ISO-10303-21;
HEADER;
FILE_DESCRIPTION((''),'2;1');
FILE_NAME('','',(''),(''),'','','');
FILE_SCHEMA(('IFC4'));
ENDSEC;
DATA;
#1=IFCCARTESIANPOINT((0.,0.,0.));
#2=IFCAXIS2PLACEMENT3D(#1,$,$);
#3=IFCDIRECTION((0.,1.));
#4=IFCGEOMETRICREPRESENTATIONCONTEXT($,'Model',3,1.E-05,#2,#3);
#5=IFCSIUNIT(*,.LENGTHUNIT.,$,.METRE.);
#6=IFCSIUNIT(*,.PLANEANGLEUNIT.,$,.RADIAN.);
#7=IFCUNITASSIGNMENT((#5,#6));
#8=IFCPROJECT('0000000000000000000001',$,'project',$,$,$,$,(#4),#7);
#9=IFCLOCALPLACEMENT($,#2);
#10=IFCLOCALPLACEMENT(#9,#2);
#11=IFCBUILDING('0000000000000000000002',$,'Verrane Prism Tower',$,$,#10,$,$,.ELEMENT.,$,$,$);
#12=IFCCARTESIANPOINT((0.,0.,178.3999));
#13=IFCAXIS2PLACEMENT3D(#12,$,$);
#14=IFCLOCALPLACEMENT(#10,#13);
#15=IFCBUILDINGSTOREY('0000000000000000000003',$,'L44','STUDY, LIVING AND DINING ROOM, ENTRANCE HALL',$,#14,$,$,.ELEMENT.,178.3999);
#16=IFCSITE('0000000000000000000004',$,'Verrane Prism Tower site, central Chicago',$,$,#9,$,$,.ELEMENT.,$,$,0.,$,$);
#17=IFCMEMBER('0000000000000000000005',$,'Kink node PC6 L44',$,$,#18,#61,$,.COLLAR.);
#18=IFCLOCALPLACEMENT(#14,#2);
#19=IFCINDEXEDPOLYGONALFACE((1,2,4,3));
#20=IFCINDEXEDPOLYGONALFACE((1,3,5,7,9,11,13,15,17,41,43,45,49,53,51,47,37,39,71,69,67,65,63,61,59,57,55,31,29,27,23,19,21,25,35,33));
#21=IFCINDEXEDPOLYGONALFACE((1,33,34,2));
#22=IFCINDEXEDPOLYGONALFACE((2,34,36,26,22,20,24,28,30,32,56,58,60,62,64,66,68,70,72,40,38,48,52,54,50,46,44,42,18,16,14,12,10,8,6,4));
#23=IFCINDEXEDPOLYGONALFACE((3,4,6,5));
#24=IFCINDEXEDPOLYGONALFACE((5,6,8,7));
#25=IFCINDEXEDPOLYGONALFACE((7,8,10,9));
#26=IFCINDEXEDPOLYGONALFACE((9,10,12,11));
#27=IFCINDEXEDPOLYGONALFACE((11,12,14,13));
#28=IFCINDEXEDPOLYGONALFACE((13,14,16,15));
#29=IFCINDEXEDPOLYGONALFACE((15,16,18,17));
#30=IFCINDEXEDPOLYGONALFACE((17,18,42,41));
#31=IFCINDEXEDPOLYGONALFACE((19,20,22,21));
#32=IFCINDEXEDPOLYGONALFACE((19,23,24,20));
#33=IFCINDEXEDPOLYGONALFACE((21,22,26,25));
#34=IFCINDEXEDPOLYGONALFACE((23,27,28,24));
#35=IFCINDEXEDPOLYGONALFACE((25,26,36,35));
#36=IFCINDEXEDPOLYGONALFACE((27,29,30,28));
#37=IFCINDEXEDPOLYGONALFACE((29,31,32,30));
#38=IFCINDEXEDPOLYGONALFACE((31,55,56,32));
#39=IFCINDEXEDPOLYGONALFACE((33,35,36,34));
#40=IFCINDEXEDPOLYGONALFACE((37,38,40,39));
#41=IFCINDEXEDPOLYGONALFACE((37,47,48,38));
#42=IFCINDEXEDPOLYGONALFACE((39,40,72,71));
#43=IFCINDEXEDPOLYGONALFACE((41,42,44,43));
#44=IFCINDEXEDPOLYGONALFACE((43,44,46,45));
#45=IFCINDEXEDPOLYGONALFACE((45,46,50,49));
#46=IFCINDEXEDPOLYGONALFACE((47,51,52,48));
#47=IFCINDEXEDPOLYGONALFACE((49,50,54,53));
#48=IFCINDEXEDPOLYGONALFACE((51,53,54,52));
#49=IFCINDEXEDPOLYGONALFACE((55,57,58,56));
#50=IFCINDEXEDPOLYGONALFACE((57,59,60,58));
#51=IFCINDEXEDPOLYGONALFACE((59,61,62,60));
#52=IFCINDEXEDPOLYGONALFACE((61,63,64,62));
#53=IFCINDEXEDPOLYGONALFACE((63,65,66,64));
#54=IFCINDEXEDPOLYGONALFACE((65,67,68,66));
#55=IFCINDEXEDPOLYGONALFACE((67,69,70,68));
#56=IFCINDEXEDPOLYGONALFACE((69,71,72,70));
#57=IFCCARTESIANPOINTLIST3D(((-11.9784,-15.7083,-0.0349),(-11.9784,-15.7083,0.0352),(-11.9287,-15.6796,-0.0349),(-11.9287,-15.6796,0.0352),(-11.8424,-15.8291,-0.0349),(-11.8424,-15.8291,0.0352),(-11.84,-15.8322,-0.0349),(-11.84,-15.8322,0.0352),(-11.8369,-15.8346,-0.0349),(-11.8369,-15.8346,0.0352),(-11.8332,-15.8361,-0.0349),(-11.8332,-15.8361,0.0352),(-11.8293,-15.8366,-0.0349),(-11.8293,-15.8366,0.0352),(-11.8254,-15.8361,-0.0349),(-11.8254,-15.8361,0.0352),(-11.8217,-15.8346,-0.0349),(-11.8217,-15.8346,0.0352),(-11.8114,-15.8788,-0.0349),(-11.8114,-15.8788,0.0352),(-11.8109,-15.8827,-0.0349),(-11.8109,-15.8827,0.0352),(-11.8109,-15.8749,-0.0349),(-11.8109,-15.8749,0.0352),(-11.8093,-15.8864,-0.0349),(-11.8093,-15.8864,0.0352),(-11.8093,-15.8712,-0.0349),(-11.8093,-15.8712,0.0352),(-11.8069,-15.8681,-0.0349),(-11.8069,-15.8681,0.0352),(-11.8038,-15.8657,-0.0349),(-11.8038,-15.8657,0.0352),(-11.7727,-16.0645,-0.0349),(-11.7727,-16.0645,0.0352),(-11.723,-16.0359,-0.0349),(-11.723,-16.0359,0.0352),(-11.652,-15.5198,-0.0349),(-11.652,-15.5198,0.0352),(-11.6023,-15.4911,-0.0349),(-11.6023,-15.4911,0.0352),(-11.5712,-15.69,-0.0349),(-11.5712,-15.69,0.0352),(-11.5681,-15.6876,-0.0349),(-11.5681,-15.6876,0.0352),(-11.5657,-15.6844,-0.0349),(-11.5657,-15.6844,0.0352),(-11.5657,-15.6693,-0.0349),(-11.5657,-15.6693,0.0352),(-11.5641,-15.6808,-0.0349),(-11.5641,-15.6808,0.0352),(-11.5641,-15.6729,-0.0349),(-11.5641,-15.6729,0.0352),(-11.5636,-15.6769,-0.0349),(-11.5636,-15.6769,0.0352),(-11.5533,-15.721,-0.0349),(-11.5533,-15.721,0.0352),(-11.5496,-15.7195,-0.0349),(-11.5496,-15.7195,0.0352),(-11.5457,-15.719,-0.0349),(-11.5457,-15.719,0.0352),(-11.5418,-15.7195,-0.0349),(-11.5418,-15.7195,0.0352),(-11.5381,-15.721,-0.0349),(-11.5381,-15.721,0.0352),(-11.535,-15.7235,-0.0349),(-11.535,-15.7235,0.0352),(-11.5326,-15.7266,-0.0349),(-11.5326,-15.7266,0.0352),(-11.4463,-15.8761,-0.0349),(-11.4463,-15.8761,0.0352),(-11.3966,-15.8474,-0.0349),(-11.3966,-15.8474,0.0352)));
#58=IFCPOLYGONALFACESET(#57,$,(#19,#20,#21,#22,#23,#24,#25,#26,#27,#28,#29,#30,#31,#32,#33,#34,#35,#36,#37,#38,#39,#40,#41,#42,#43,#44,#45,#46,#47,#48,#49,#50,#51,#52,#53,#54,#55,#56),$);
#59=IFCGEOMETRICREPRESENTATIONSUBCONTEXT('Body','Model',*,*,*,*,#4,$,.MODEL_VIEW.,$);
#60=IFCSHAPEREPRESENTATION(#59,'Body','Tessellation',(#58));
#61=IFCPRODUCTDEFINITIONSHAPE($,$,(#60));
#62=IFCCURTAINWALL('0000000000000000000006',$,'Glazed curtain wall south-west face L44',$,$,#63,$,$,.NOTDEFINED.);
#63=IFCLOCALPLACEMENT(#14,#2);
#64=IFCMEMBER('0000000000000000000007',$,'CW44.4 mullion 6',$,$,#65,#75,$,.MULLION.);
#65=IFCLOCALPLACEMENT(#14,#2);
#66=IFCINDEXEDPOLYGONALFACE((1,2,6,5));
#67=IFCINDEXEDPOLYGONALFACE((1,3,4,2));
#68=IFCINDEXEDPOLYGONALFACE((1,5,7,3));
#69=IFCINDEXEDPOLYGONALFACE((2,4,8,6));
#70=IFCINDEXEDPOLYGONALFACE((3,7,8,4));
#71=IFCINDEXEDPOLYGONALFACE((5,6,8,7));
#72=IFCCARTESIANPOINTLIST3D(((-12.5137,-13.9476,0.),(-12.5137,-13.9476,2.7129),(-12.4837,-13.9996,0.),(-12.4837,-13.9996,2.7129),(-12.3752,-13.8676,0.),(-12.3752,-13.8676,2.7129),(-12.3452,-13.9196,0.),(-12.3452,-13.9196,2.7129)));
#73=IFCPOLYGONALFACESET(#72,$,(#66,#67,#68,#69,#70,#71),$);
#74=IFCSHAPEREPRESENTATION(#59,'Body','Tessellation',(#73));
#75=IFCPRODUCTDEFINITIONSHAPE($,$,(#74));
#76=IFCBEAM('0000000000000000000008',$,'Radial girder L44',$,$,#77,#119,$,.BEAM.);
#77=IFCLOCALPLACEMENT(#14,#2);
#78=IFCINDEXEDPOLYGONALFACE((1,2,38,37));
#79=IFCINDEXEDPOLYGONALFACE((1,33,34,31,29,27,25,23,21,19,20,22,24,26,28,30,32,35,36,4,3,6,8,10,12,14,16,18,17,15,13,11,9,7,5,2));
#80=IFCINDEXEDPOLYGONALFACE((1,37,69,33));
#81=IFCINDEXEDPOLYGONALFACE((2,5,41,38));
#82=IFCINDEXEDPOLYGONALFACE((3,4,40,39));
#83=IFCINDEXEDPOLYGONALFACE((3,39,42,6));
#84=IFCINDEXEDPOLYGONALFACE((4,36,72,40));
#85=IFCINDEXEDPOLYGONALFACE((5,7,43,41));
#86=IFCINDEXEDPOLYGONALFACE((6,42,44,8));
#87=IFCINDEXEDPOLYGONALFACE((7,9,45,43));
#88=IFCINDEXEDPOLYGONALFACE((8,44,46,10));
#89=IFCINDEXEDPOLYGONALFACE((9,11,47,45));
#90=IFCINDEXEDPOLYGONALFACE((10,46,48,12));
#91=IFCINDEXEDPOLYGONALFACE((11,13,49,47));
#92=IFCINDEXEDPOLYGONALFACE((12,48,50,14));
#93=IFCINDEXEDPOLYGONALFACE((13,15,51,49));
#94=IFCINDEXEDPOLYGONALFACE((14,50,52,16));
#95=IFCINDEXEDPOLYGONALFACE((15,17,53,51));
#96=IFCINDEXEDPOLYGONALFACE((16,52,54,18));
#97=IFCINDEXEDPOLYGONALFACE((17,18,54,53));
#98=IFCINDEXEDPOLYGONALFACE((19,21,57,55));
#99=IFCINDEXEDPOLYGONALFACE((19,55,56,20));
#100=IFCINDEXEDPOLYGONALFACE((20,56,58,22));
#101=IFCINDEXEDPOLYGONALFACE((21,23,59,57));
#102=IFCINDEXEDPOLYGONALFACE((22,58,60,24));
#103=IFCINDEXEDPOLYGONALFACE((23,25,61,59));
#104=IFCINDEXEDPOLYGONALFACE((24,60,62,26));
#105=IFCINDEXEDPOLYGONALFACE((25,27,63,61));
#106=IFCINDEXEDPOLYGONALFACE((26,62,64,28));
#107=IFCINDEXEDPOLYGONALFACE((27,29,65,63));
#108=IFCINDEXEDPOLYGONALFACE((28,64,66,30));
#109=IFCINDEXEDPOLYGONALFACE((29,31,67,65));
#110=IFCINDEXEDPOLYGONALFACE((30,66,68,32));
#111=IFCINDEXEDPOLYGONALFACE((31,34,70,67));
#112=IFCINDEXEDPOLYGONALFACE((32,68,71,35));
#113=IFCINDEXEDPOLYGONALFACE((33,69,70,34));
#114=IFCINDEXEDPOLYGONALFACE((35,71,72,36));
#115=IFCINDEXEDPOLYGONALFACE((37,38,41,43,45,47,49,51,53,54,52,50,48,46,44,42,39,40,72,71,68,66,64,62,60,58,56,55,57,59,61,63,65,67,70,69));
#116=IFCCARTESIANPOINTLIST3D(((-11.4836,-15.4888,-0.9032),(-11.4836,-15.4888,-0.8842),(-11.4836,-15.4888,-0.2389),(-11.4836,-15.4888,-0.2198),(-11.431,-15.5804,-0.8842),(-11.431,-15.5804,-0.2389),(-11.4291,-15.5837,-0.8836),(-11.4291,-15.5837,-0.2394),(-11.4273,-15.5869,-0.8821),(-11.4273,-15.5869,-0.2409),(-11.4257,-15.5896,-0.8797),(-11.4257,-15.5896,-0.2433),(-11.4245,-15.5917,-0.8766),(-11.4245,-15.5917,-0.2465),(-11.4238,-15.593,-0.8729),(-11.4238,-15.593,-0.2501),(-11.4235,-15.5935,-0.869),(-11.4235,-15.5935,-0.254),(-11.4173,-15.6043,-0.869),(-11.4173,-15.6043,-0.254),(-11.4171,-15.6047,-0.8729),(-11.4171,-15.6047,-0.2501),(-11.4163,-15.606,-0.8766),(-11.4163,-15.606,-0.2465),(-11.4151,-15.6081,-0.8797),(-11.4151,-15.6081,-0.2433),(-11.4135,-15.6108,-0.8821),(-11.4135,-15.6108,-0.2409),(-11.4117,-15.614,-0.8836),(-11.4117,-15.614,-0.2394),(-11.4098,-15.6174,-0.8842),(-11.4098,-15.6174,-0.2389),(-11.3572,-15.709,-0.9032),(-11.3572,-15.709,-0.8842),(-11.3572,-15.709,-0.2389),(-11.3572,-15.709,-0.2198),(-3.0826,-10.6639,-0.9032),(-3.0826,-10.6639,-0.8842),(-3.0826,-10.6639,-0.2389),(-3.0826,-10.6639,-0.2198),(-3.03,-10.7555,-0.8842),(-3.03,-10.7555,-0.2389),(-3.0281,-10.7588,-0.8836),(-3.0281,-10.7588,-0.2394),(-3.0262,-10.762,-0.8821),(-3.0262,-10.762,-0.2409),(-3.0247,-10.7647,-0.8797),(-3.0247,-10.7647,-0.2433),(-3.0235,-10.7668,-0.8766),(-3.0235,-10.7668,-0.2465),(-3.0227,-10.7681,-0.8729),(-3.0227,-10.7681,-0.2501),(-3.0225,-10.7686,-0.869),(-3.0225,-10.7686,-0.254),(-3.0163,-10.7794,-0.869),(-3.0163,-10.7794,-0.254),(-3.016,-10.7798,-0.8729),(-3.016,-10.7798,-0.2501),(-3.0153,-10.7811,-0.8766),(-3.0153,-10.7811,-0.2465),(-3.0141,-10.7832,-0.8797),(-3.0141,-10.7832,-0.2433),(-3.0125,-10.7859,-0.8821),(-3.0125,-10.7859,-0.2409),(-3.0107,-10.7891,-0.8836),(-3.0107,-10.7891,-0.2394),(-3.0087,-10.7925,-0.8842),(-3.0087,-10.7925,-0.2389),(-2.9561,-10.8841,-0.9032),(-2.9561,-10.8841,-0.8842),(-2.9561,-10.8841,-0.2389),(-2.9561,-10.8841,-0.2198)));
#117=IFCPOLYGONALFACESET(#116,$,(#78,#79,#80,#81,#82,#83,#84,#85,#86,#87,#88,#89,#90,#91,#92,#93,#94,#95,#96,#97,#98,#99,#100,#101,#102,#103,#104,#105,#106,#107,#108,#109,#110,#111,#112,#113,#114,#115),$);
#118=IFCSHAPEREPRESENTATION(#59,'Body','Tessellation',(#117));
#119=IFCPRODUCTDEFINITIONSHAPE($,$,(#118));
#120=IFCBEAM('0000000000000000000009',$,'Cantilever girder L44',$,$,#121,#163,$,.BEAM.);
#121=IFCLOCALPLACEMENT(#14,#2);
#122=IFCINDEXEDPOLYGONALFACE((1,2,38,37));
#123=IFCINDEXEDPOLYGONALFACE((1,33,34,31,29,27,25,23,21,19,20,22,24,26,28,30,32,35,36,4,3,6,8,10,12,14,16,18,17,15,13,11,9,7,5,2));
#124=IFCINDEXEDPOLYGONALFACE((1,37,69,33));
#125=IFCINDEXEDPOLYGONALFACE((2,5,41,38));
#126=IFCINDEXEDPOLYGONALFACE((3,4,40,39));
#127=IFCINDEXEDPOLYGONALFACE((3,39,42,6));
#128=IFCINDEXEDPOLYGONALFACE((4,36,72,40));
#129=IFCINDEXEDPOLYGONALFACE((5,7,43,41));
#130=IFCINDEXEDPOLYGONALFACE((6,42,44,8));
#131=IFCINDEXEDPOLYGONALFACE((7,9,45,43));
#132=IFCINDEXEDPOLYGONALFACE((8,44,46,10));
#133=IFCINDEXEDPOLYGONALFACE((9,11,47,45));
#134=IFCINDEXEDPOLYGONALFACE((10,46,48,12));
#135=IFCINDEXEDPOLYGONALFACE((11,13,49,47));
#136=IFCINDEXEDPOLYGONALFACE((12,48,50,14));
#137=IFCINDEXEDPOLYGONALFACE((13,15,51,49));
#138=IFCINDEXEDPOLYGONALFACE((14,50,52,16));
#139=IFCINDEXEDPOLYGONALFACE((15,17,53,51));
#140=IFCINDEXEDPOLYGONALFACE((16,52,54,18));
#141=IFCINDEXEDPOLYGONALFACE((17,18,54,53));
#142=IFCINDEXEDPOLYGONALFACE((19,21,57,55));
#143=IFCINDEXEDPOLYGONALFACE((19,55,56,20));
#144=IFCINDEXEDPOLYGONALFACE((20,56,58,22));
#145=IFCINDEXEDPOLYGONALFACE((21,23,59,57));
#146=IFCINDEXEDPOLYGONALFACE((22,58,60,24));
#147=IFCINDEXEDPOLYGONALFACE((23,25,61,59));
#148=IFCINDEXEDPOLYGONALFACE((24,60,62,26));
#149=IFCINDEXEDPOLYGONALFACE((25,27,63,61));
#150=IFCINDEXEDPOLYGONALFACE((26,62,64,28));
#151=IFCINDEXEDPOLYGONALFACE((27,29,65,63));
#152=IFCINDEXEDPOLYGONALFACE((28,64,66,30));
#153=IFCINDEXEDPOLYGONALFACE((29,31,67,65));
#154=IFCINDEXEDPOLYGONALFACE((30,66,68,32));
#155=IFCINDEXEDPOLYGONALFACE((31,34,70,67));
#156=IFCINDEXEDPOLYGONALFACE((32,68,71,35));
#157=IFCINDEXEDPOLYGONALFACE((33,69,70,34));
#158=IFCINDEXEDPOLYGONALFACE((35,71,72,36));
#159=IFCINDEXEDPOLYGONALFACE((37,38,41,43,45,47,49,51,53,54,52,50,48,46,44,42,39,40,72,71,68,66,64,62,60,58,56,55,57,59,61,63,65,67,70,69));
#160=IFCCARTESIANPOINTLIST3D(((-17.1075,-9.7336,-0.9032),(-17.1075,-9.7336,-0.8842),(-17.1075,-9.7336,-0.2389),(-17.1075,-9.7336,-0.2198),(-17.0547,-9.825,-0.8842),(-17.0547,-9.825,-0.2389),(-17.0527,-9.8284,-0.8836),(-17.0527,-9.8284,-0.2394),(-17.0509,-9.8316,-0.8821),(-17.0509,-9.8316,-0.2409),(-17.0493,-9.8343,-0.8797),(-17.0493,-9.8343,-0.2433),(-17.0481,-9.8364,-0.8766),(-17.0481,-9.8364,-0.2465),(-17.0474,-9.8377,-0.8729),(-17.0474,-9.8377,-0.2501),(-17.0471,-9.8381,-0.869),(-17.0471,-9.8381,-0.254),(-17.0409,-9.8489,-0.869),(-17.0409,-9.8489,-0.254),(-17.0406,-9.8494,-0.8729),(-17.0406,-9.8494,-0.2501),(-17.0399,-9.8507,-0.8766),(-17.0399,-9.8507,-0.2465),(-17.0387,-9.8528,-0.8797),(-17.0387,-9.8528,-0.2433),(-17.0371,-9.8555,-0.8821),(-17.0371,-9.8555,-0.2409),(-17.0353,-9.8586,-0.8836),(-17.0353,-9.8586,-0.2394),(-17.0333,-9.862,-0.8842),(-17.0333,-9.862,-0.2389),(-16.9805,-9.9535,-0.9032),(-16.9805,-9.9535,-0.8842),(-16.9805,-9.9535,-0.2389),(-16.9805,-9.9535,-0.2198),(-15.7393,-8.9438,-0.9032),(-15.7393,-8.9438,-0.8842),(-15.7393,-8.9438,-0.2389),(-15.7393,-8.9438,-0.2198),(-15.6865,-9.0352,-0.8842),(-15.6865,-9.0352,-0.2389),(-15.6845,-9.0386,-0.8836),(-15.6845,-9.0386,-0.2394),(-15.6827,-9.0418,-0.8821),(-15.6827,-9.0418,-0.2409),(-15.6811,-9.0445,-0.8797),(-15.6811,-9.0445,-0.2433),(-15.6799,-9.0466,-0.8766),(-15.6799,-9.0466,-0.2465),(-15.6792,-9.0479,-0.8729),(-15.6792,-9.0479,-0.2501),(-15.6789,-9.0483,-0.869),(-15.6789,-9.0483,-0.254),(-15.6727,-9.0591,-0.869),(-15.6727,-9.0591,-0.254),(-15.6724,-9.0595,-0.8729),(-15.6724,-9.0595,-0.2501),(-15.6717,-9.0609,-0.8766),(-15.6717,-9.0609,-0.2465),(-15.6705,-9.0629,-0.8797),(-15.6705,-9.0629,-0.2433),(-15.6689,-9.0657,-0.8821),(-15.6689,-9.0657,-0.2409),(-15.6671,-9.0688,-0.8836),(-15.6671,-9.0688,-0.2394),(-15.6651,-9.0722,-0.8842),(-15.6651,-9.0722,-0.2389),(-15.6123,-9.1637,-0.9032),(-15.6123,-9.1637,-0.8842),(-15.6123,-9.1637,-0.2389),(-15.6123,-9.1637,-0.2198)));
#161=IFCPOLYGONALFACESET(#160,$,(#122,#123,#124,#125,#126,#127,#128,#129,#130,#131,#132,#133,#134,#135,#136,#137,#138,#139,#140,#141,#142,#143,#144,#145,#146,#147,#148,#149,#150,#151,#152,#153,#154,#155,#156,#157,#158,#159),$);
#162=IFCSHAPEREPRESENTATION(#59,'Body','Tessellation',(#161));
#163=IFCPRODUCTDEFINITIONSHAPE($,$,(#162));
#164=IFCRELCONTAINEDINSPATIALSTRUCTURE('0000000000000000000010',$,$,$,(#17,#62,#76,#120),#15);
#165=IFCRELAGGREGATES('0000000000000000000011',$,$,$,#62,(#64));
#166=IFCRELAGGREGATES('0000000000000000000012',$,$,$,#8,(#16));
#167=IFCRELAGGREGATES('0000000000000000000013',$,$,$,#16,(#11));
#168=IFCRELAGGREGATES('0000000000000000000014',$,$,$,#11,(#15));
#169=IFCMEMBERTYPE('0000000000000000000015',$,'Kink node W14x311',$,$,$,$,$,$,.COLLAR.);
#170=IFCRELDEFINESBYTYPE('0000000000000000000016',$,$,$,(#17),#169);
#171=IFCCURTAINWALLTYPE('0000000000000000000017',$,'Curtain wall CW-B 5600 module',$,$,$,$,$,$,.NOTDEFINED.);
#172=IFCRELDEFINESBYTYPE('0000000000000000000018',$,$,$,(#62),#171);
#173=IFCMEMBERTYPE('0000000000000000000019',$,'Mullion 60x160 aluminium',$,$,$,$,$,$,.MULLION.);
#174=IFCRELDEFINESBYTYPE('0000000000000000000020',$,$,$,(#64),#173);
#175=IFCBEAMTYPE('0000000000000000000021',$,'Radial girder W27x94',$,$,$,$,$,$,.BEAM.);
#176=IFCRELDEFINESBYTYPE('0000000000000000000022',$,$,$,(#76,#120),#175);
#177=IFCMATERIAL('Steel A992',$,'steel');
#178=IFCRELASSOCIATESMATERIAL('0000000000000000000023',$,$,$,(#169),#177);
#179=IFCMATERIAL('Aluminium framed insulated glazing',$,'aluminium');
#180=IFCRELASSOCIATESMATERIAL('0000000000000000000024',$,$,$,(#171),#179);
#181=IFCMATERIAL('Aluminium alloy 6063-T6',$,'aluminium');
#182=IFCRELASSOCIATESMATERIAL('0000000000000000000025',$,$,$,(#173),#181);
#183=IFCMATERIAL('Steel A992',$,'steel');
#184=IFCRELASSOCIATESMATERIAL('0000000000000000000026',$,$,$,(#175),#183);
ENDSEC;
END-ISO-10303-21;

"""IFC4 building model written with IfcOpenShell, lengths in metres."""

from ifc_helpers import new_model, si_unit, direction, frame, origin, origin_2d, place, context, subcontext, project, spatial, rectangle, i_section, extrude, material, material_profile, profile_set, type_object, element, aggregate, save


model = new_model("IFC4")

# Units and contexts
model_context = context("Model", 3, precision=1e-05, world=origin(), true_north=direction((0.0, 1.0)))
body_context = subcontext(model_context, "Body", "Model", "MODEL_VIEW")
ifc_project = project(units=[si_unit("LENGTHUNIT", "METRE"), si_unit("PLANEANGLEUNIT", "RADIAN")], contexts=[model_context])

# Site, building, storey
site_placement = place(None, origin())
site = spatial("IfcSite", under=ifc_project, at=site_placement, Name="Verrane Prism Tower site, central Chicago", CompositionType="ELEMENT", RefElevation=0.0)
building_placement = place(site_placement, origin())
building = spatial("IfcBuilding", under=site, at=building_placement, Name="Verrane Prism Tower", CompositionType="ELEMENT")
storey_placement = place(building_placement, frame((0.0, 0.0, 178.3999)))
storey = spatial("IfcBuildingStorey", under=building, at=storey_placement, Name="L44", Description="STUDY, LIVING AND DINING ROOM, ENTRANCE HALL", CompositionType="ELEMENT", Elevation=178.3999)

# Member
ifc_material_1 = material(Name="Steel A992", Category="steel")
ifc_material_profile_1 = material_profile(ifc_material_1, i_section(OverallWidth=0.4114, OverallDepth=0.4343, WebThickness=0.0359, FlangeThickness=0.0574, FilletRadius=0.0151, at=origin_2d()), Name="W14x311")
ifc_profile_set_1 = profile_set([ifc_material_profile_1], Name="Steel A992")
member_type_1 = type_object("IfcMemberType", Name="Kink node W14x311", PredefinedType="COLLAR", material=ifc_profile_set_1)
for number, where, z_axis, x_axis, name in (
    (1, (-11.6875, -15.7778, -0.0349), (0.0, 0.0, 1.0), (-0.5, 0.866025, 0.0), "Kink node PC6 L44"),
):
    element("IfcMember", number, at=place(storey_placement, frame(where, z_axis=z_axis, x_axis=x_axis)), inside=storey, type_object=member_type_1, Name=name, PredefinedType="COLLAR", context=body_context, shape_type="SweptSolid", body=[
        extrude(i_section(OverallWidth=0.4114, OverallDepth=0.4343, WebThickness=0.0359, FlangeThickness=0.0574, FilletRadius=0.0151, at=origin_2d()), origin(), (0.0, 0.0, 1.0), 0.0701),
    ])

# Curtain wall, member
ifc_material_2 = material(Name="Aluminium framed insulated glazing", Category="aluminium")
curtain_wall_type = type_object("IfcCurtainWallType", Name="Curtain wall CW-B 5600 module", PredefinedType="NOTDEFINED", material=ifc_material_2)
curtain_wall_placement = place(storey_placement, origin())
curtain_wall = element("IfcCurtainWall", 2, at=curtain_wall_placement, inside=storey, type_object=curtain_wall_type, Name="Glazed curtain wall south-west face L44", PredefinedType="NOTDEFINED")
ifc_material_3 = material(Name="Aluminium alloy 6063-T6", Category="aluminium")
ifc_material_profile_2 = material_profile(ifc_material_3, rectangle(XDim=0.1599, YDim=0.0601, at=origin_2d()), Name="Mullion 60x160 aluminium")
ifc_profile_set_2 = profile_set([ifc_material_profile_2], Name="Aluminium alloy 6063-T6")
member_type_2 = type_object("IfcMemberType", Name="Mullion 60x160 aluminium", PredefinedType="MULLION", material=ifc_profile_set_2)
member_1_placement = place(storey_placement, frame((-12.4294, -13.9336, 0.0), z_axis=(0.0, 0.0, 1.0), x_axis=(0.866026, 0.499999, 0.0)))
member_1 = element("IfcMember", 3, at=member_1_placement, type_object=member_type_2, Name="CW44.4 mullion 6", PredefinedType="MULLION", context=body_context, shape_type="SweptSolid", body=[
    extrude(rectangle(XDim=0.1599, YDim=0.0601, at=origin_2d()), origin(), (0.0, 0.0, 1.0), 2.7129),
])

# Beams
ifc_material_4 = material(Name="Steel A992", Category="steel")
ifc_material_profile_3 = material_profile(ifc_material_4, i_section(OverallWidth=0.2539, OverallDepth=0.6833, WebThickness=0.0125, FlangeThickness=0.019, FilletRadius=0.0151, at=origin_2d()), Name="W27x94")
ifc_profile_set_3 = profile_set([ifc_material_profile_3], Name="Steel A992")
beam_type_1 = type_object("IfcBeamType", Name="Radial girder W27x94", PredefinedType="BEAM", material=ifc_profile_set_3)
beam_1_placement = place(storey_placement, frame((-11.4204, -15.5989, -0.5615), z_axis=(0.86716, 0.498029, 0.0), x_axis=(-0.498029, 0.86716, 0.0)))
element("IfcBeam", 4, at=beam_1_placement, inside=storey, type_object=beam_type_1, Name="Radial girder L44", PredefinedType="BEAM", context=body_context, shape_type="SweptSolid", body=[
    extrude(i_section(OverallWidth=0.2539, OverallDepth=0.6833, WebThickness=0.0125, FlangeThickness=0.019, FilletRadius=0.0151, at=origin_2d()), origin(), (0.0, 0.0, 1.0), 9.688),
])
beam_2_placement = place(storey_placement, frame((-15.6758, -9.0537, -0.5615), z_axis=(-0.866057, -0.499945, 0.0), x_axis=(0.499945, -0.866057, 0.0)))
element("IfcBeam", 5, at=beam_2_placement, inside=storey, type_object=beam_type_1, Name="Cantilever girder L44", PredefinedType="BEAM", context=body_context, shape_type="SweptSolid", body=[
    extrude(i_section(OverallWidth=0.2539, OverallDepth=0.6833, WebThickness=0.0125, FlangeThickness=0.019, FilletRadius=0.0151, at=origin_2d()), origin(), (0.0, 0.0, 1.0), 1.5798),
])

aggregate(curtain_wall, [member_1])

save(model, "model.ifc")
